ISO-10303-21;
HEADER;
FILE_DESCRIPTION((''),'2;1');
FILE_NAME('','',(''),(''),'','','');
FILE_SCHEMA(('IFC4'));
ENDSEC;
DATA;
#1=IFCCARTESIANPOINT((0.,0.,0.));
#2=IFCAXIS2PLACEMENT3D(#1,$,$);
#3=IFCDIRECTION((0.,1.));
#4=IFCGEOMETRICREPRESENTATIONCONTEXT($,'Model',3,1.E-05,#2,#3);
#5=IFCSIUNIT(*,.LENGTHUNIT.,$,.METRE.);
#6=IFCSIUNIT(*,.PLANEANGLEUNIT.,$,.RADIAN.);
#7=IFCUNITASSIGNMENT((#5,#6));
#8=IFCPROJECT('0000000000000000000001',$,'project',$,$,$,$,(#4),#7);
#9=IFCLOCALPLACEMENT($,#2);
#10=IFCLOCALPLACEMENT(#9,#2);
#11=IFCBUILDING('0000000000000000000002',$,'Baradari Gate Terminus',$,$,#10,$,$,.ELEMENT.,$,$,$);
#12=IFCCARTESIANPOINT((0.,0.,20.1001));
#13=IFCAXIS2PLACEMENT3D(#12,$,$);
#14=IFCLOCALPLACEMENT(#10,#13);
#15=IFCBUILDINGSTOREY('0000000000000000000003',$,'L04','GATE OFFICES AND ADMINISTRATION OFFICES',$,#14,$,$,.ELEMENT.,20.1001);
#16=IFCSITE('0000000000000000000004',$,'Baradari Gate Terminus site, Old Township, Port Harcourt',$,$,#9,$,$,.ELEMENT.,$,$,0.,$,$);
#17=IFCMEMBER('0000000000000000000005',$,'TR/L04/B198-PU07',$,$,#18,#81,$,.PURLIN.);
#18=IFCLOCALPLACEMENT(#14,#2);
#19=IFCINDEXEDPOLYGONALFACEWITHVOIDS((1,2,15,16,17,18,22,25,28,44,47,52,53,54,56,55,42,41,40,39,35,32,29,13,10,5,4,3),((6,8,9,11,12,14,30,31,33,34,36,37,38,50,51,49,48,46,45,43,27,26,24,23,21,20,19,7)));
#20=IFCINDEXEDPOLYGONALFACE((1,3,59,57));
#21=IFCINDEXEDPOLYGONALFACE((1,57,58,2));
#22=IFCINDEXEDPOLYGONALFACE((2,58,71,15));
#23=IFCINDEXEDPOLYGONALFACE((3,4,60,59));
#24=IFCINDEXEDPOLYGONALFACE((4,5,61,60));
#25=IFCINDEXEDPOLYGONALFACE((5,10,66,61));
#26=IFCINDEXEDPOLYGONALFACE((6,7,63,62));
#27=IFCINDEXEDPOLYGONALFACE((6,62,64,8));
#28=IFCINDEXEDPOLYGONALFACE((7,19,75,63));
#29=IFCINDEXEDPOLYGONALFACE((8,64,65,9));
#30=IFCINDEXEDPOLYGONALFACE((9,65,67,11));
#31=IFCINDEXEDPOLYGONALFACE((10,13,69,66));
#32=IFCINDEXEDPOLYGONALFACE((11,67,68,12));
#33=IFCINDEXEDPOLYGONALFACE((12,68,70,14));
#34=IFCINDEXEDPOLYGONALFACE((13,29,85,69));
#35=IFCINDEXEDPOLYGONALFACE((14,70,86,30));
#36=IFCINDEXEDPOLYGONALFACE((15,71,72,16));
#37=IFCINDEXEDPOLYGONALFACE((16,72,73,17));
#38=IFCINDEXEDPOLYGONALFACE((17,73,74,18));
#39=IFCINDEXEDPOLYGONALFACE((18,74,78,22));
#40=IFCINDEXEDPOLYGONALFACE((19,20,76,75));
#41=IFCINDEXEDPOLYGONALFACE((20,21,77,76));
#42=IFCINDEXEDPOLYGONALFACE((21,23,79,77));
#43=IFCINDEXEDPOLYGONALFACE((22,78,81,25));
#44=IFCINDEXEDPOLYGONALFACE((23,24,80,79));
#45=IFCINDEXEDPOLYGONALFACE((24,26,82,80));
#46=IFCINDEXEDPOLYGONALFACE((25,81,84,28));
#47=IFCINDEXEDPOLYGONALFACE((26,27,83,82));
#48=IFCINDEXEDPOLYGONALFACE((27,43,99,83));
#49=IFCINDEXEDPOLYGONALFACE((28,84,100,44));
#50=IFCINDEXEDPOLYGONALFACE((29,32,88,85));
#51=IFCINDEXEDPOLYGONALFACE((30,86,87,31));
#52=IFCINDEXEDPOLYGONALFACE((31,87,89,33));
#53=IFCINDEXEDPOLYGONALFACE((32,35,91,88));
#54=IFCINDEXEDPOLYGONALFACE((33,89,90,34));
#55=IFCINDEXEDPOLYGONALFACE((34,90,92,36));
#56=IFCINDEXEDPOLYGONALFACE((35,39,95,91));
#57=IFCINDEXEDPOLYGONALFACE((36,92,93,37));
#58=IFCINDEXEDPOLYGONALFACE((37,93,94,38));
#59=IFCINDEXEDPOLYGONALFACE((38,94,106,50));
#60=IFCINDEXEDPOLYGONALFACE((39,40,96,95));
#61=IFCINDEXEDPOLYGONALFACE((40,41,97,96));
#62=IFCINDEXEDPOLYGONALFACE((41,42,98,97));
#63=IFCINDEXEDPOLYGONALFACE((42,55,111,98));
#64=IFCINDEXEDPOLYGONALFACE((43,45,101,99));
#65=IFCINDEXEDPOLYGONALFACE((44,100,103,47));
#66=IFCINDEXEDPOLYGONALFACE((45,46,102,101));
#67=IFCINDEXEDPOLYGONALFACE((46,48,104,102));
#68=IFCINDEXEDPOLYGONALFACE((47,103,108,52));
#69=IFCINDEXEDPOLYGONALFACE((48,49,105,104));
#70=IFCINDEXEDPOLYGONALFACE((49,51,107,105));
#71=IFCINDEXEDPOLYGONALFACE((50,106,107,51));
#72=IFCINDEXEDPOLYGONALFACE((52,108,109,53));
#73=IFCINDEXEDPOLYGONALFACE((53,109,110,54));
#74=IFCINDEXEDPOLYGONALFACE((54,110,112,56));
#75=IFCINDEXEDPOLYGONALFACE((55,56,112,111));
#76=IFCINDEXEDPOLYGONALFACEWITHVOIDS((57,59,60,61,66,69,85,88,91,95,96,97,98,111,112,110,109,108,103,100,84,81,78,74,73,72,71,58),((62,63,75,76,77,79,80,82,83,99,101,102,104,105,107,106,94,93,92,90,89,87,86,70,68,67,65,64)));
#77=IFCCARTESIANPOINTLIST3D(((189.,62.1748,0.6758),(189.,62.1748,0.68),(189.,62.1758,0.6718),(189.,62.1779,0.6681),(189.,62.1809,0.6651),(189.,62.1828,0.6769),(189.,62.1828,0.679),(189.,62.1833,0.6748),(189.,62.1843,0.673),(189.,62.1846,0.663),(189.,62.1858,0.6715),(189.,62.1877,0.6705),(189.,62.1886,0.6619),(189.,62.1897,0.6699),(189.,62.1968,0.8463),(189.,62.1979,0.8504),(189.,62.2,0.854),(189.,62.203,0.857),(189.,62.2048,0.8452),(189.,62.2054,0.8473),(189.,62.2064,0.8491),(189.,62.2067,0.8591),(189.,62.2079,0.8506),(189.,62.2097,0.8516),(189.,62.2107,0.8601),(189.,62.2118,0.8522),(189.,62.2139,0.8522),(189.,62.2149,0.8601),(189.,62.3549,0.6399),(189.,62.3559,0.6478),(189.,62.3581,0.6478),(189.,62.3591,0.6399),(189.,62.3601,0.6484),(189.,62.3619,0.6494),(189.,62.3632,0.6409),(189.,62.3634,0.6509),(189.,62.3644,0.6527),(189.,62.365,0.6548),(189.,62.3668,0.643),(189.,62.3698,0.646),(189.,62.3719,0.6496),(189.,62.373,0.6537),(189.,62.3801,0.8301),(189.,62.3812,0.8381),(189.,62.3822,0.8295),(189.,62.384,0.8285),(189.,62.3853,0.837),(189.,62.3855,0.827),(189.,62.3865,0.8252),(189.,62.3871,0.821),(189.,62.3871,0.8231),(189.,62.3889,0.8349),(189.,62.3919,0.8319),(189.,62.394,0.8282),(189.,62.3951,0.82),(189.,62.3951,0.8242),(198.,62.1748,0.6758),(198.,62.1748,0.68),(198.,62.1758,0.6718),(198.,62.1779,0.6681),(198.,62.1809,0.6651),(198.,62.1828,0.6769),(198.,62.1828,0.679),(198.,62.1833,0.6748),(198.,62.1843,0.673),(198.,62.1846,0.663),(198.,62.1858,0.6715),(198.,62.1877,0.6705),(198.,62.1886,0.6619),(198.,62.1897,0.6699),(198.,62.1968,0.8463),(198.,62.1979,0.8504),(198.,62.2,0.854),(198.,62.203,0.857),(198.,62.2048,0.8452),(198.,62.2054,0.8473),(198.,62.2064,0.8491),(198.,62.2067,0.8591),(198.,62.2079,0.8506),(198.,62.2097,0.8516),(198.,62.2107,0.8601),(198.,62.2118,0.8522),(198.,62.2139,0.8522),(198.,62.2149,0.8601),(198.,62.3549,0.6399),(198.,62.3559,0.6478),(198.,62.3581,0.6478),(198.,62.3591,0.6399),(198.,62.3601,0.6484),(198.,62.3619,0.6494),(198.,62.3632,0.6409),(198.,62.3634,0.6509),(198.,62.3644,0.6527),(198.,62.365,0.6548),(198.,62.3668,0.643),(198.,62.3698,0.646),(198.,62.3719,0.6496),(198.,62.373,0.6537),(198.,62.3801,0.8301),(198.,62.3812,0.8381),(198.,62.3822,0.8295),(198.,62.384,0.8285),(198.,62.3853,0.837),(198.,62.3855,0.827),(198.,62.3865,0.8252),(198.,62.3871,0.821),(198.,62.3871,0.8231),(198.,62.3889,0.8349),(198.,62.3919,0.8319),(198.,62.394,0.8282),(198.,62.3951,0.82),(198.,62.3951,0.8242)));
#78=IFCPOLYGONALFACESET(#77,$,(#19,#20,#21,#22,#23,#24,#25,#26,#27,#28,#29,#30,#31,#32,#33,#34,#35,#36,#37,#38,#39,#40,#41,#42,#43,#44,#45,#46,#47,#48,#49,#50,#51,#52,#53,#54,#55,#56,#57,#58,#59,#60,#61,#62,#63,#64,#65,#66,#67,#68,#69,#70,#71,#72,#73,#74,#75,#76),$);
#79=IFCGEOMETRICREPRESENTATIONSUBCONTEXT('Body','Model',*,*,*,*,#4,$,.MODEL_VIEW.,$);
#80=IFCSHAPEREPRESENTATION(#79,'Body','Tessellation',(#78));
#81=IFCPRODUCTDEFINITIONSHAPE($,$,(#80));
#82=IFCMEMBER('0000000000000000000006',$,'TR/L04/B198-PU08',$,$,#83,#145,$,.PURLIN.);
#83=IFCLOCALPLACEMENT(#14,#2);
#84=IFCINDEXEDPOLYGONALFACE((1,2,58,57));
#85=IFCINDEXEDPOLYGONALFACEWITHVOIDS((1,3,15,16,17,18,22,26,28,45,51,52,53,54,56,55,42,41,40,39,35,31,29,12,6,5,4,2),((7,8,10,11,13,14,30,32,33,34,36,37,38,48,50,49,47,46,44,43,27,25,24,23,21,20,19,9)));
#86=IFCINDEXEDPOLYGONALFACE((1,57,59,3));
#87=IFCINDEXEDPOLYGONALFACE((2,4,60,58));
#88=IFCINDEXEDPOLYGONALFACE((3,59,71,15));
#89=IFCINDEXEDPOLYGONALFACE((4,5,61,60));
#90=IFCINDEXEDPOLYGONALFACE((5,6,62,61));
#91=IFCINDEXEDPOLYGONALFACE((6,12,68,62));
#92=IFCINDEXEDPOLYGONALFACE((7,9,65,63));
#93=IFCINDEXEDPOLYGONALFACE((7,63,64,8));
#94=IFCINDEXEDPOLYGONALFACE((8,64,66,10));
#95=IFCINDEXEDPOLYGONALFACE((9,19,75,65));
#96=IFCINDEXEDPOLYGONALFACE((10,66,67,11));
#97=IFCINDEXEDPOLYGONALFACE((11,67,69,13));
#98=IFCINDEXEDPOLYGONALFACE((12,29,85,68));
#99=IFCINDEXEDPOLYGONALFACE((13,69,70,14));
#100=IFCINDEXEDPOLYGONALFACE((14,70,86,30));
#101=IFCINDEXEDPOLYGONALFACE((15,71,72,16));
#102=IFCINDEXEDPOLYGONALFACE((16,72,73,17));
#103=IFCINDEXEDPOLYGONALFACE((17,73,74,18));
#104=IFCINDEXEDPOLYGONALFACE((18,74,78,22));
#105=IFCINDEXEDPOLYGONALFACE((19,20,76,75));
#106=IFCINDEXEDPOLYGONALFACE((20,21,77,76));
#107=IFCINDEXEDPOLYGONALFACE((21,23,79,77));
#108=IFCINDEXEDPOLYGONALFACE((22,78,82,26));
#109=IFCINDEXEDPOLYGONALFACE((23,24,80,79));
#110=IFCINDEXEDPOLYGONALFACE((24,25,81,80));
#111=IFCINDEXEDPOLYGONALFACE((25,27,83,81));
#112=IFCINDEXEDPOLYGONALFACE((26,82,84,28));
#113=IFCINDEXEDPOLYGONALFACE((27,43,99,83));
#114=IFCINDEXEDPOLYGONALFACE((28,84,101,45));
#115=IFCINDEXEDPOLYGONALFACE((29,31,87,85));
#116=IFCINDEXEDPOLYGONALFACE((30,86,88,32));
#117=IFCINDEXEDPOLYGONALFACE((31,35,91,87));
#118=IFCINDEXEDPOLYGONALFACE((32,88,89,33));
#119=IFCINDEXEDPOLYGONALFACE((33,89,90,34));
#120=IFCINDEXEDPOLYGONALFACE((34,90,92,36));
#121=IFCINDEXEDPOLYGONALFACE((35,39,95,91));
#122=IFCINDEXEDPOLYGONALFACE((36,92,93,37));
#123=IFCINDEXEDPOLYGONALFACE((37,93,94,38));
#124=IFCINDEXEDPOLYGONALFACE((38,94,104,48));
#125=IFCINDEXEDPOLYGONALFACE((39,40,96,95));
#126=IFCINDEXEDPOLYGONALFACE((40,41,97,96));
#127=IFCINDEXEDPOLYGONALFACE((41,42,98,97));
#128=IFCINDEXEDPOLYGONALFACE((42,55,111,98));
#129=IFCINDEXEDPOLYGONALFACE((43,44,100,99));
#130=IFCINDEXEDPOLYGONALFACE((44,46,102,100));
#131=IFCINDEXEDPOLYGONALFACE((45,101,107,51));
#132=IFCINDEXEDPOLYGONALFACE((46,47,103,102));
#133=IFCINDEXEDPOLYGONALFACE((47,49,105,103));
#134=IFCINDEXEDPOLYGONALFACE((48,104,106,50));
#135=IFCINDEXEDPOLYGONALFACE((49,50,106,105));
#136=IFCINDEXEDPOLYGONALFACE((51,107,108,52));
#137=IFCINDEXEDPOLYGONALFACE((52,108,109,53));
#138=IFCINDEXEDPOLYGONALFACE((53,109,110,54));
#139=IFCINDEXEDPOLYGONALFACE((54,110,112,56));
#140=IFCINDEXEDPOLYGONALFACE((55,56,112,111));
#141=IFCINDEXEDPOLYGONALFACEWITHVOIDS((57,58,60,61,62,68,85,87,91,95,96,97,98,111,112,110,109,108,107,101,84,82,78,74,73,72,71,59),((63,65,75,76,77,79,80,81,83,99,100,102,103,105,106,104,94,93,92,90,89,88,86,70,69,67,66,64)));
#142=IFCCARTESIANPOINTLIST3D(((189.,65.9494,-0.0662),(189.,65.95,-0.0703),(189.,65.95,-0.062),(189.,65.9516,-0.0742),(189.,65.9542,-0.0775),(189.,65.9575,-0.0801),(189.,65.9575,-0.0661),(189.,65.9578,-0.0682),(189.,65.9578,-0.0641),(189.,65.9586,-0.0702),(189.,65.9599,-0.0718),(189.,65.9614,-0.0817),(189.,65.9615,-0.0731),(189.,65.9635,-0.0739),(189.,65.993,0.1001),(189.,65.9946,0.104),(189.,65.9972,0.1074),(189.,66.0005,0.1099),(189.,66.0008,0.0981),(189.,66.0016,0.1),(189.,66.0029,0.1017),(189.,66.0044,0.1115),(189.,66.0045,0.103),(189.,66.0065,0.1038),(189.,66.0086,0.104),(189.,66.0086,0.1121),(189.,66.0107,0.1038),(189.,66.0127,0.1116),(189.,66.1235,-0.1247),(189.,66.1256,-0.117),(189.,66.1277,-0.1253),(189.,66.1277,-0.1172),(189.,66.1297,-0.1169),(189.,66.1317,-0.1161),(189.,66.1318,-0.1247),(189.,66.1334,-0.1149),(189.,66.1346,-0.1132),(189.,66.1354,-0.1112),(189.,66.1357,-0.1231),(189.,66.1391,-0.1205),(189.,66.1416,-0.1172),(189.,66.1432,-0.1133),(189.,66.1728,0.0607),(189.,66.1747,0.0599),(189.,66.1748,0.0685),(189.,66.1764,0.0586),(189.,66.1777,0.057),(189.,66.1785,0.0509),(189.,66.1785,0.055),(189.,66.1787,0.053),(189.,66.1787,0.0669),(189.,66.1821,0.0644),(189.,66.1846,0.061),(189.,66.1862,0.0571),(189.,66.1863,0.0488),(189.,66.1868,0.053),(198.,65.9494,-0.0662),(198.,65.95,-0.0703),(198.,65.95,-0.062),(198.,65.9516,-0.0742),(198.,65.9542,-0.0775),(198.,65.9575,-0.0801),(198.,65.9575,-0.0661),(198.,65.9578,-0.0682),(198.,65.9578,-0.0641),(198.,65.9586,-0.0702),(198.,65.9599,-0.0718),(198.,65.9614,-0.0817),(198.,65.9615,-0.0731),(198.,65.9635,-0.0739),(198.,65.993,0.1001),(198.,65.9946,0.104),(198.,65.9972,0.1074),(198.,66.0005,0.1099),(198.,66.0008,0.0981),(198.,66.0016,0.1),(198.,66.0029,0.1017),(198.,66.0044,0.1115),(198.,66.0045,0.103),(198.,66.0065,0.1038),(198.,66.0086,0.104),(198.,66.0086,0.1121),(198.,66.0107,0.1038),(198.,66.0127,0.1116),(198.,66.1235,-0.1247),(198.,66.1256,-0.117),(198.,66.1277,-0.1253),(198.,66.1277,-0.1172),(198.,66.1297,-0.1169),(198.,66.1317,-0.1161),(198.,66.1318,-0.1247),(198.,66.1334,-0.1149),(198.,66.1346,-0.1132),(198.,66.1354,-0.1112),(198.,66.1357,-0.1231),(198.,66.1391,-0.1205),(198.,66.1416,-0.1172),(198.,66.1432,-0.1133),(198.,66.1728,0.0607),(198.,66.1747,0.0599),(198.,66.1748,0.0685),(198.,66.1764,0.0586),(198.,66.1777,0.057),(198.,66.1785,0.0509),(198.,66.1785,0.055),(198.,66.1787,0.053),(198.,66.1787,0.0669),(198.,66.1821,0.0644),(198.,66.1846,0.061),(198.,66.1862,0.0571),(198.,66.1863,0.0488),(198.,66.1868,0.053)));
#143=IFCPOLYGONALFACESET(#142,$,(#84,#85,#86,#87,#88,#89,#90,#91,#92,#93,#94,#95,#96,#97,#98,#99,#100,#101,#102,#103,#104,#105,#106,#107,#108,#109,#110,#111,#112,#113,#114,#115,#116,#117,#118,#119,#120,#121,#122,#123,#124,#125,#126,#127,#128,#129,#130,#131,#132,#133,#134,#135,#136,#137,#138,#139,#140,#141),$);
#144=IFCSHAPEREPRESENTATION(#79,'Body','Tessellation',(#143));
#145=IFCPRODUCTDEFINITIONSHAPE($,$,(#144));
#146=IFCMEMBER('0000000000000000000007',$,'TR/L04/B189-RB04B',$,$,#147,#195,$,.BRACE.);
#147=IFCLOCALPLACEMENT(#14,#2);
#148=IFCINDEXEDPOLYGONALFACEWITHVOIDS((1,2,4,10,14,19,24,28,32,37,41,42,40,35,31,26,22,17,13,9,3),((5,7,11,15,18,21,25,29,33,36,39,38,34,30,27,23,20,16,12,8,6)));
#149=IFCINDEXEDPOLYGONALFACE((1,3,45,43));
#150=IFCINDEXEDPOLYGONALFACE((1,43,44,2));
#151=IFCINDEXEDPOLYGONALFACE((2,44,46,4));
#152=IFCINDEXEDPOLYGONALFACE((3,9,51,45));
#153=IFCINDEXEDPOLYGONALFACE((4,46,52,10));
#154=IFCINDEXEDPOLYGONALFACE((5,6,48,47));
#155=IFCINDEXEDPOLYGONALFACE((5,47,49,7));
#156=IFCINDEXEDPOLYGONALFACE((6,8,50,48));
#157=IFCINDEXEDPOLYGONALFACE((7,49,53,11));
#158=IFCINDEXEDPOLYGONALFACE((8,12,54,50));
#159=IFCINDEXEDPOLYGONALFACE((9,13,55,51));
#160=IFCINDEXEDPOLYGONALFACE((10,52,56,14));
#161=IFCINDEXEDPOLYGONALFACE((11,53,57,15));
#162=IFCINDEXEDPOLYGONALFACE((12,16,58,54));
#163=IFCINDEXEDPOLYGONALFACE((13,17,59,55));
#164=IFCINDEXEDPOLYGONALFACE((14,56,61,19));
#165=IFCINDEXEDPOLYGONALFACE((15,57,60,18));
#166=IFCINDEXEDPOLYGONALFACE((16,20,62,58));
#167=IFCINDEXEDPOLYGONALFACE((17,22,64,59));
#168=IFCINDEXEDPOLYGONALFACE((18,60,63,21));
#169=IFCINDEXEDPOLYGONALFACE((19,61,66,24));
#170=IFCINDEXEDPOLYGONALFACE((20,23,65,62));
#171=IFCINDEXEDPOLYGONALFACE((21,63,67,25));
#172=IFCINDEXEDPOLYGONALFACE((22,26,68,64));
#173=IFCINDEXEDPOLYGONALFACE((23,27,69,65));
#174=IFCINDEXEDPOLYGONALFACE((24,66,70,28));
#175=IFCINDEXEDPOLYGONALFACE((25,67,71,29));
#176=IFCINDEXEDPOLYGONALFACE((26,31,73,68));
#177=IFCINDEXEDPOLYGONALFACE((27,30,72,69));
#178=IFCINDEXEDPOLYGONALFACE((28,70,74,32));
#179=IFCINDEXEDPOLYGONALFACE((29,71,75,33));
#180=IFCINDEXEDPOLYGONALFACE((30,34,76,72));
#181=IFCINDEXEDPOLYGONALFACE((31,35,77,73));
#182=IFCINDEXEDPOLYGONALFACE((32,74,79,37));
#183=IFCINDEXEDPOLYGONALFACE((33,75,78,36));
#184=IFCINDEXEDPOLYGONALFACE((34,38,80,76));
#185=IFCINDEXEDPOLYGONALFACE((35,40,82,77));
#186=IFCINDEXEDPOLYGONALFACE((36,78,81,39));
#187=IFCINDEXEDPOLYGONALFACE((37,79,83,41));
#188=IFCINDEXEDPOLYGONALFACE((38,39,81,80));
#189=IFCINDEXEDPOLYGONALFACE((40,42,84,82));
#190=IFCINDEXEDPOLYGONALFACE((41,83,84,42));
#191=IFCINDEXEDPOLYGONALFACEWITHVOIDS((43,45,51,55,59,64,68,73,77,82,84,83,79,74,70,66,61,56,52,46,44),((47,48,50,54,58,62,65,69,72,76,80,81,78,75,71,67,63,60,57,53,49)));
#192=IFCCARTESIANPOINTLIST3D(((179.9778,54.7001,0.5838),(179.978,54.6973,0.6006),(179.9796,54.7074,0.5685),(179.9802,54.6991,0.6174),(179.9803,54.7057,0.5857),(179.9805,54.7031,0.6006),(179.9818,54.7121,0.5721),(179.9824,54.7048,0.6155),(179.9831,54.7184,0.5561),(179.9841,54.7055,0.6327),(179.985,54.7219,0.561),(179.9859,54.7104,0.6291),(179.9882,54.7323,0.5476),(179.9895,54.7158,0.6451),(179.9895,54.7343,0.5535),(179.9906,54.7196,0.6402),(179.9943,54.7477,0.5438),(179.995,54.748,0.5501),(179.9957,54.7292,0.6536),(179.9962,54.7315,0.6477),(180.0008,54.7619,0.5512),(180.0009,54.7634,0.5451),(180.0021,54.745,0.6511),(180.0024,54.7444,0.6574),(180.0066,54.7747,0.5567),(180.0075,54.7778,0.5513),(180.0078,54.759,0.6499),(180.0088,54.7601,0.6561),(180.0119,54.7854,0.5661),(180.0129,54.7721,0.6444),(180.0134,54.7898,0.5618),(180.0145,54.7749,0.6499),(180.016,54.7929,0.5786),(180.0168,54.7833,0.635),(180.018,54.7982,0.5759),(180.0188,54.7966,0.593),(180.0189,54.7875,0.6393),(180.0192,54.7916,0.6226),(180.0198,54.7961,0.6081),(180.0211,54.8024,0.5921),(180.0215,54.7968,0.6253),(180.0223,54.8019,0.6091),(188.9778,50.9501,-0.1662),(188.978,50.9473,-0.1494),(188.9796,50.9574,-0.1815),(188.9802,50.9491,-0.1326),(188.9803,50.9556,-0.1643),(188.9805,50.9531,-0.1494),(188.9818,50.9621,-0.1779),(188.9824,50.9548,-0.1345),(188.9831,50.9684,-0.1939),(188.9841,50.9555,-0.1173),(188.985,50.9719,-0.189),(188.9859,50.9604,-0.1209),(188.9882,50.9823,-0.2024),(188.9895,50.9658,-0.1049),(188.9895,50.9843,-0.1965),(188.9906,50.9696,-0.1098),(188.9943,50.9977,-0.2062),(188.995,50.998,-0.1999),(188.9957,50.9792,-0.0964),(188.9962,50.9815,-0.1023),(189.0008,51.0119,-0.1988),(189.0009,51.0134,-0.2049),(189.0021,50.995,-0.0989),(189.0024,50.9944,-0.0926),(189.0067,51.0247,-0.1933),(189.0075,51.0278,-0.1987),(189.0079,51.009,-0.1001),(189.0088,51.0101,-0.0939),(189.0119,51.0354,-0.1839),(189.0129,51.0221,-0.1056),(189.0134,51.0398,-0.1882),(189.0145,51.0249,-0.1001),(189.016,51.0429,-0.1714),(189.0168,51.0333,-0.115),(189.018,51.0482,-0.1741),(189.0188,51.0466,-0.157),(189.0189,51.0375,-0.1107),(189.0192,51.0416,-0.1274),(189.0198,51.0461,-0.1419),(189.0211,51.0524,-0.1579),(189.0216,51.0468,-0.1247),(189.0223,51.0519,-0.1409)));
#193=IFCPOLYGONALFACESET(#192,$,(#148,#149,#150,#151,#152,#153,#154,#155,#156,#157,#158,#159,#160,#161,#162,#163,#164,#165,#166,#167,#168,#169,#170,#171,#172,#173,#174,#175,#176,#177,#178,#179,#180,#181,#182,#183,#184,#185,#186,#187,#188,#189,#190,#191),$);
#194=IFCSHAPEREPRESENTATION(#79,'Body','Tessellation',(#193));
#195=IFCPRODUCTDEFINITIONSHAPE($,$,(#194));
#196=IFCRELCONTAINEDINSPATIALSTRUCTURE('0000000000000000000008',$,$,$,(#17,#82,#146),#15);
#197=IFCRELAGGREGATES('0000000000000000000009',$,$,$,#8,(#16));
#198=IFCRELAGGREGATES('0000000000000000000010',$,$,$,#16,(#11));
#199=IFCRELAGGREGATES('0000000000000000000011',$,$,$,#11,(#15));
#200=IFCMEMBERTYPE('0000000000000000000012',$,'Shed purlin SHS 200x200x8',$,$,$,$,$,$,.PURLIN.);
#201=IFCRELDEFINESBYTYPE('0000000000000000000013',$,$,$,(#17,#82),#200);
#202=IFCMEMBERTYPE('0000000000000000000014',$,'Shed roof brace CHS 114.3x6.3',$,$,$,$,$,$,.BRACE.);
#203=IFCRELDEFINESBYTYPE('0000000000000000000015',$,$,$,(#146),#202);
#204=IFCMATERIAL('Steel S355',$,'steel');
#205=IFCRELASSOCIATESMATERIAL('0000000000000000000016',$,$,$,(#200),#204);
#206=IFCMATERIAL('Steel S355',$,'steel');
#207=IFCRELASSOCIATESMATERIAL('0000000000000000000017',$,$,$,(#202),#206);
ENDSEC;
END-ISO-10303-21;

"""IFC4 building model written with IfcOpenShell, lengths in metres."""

from ifc_helpers import new_model, si_unit, direction, frame, origin, origin_2d, place, context, subcontext, project, spatial, hollow_rectangle, hollow_circle, extrude, material, material_profile, profile_set, type_object, element, save


model = new_model("IFC4")

# Units and contexts
model_context = context("Model", 3, precision=1e-05, world=origin(), true_north=direction((0.0, 1.0)))
body_context = subcontext(model_context, "Body", "Model", "MODEL_VIEW")
ifc_project = project(units=[si_unit("LENGTHUNIT", "METRE"), si_unit("PLANEANGLEUNIT", "RADIAN")], contexts=[model_context])

# Site, building, storey
site_placement = place(None, origin())
site = spatial("IfcSite", under=ifc_project, at=site_placement, Name="Baradari Gate Terminus site, Old Township, Port Harcourt", CompositionType="ELEMENT", RefElevation=0.0)
building_placement = place(site_placement, origin())
building = spatial("IfcBuilding", under=site, at=building_placement, Name="Baradari Gate Terminus", CompositionType="ELEMENT")
storey_placement = place(building_placement, frame((0.0, 0.0, 20.1001)))
storey = spatial("IfcBuildingStorey", under=building, at=storey_placement, Name="L04", Description="GATE OFFICES AND ADMINISTRATION OFFICES", CompositionType="ELEMENT", Elevation=20.1001)

# Members
ifc_material_1 = material(Name="Steel S355", Category="steel")
ifc_material_profile_1 = material_profile(ifc_material_1, hollow_rectangle(XDim=0.2, YDim=0.2, WallThickness=0.0081, InnerFilletRadius=0.0081, OuterFilletRadius=0.0161, at=origin_2d()), Name="SHS 200x200x8")
ifc_profile_set_1 = profile_set([ifc_material_profile_1], Name="Steel S355")
member_type_1 = type_object("IfcMemberType", Name="Shed purlin SHS 200x200x8", PredefinedType="PURLIN", material=ifc_profile_set_1)
for number, where, z_axis, x_axis, name in (
    (1, (189.0, 62.2849, 0.75), (1.0, 0.0, 0.0), (0.0, 0.991303, -0.131599), "TR/L04/B198-PU07"),
    (2, (189.0, 66.0681, -0.0066), (1.0, 0.0, 0.0), (0.0, 0.9665, -0.256668), "TR/L04/B198-PU08"),
):
    element("IfcMember", number, at=place(storey_placement, frame(where, z_axis=z_axis, x_axis=x_axis)), inside=storey, type_object=member_type_1, Name=name, PredefinedType="PURLIN", context=body_context, shape_type="SweptSolid", body=[
        extrude(hollow_rectangle(XDim=0.2, YDim=0.2, WallThickness=0.0081, InnerFilletRadius=0.0081, OuterFilletRadius=0.0161, at=origin_2d()), origin(), (0.0, 0.0, 1.0), 9.0),
    ])
ifc_material_2 = material(Name="Steel S355", Category="steel")
ifc_material_profile_2 = material_profile(ifc_material_2, hollow_circle(Radius=0.0571, WallThickness=0.0063, at=origin_2d()), Name="CHS 114.3x6.3")
ifc_profile_set_2 = profile_set([ifc_material_profile_2], Name="Steel S355")
member_type_2 = type_object("IfcMemberType", Name="Shed roof brace CHS 114.3x6.3", PredefinedType="BRACE", material=ifc_profile_set_2)
member_1_placement = place(storey_placement, frame((189.0, 51.0, -0.1494), z_axis=(-0.920358, 0.383482, 0.076696), x_axis=(-0.384615, -0.923077, 0.0)))
element("IfcMember", 3, at=member_1_placement, inside=storey, type_object=member_type_2, Name="TR/L04/B189-RB04B", PredefinedType="BRACE", context=body_context, shape_type="SweptSolid", body=[
    extrude(hollow_circle(Radius=0.0571, WallThickness=0.0063, at=origin_2d()), origin(), (0.0, 0.0, 1.0), 9.7788),
])

save(model, "model.ifc")
